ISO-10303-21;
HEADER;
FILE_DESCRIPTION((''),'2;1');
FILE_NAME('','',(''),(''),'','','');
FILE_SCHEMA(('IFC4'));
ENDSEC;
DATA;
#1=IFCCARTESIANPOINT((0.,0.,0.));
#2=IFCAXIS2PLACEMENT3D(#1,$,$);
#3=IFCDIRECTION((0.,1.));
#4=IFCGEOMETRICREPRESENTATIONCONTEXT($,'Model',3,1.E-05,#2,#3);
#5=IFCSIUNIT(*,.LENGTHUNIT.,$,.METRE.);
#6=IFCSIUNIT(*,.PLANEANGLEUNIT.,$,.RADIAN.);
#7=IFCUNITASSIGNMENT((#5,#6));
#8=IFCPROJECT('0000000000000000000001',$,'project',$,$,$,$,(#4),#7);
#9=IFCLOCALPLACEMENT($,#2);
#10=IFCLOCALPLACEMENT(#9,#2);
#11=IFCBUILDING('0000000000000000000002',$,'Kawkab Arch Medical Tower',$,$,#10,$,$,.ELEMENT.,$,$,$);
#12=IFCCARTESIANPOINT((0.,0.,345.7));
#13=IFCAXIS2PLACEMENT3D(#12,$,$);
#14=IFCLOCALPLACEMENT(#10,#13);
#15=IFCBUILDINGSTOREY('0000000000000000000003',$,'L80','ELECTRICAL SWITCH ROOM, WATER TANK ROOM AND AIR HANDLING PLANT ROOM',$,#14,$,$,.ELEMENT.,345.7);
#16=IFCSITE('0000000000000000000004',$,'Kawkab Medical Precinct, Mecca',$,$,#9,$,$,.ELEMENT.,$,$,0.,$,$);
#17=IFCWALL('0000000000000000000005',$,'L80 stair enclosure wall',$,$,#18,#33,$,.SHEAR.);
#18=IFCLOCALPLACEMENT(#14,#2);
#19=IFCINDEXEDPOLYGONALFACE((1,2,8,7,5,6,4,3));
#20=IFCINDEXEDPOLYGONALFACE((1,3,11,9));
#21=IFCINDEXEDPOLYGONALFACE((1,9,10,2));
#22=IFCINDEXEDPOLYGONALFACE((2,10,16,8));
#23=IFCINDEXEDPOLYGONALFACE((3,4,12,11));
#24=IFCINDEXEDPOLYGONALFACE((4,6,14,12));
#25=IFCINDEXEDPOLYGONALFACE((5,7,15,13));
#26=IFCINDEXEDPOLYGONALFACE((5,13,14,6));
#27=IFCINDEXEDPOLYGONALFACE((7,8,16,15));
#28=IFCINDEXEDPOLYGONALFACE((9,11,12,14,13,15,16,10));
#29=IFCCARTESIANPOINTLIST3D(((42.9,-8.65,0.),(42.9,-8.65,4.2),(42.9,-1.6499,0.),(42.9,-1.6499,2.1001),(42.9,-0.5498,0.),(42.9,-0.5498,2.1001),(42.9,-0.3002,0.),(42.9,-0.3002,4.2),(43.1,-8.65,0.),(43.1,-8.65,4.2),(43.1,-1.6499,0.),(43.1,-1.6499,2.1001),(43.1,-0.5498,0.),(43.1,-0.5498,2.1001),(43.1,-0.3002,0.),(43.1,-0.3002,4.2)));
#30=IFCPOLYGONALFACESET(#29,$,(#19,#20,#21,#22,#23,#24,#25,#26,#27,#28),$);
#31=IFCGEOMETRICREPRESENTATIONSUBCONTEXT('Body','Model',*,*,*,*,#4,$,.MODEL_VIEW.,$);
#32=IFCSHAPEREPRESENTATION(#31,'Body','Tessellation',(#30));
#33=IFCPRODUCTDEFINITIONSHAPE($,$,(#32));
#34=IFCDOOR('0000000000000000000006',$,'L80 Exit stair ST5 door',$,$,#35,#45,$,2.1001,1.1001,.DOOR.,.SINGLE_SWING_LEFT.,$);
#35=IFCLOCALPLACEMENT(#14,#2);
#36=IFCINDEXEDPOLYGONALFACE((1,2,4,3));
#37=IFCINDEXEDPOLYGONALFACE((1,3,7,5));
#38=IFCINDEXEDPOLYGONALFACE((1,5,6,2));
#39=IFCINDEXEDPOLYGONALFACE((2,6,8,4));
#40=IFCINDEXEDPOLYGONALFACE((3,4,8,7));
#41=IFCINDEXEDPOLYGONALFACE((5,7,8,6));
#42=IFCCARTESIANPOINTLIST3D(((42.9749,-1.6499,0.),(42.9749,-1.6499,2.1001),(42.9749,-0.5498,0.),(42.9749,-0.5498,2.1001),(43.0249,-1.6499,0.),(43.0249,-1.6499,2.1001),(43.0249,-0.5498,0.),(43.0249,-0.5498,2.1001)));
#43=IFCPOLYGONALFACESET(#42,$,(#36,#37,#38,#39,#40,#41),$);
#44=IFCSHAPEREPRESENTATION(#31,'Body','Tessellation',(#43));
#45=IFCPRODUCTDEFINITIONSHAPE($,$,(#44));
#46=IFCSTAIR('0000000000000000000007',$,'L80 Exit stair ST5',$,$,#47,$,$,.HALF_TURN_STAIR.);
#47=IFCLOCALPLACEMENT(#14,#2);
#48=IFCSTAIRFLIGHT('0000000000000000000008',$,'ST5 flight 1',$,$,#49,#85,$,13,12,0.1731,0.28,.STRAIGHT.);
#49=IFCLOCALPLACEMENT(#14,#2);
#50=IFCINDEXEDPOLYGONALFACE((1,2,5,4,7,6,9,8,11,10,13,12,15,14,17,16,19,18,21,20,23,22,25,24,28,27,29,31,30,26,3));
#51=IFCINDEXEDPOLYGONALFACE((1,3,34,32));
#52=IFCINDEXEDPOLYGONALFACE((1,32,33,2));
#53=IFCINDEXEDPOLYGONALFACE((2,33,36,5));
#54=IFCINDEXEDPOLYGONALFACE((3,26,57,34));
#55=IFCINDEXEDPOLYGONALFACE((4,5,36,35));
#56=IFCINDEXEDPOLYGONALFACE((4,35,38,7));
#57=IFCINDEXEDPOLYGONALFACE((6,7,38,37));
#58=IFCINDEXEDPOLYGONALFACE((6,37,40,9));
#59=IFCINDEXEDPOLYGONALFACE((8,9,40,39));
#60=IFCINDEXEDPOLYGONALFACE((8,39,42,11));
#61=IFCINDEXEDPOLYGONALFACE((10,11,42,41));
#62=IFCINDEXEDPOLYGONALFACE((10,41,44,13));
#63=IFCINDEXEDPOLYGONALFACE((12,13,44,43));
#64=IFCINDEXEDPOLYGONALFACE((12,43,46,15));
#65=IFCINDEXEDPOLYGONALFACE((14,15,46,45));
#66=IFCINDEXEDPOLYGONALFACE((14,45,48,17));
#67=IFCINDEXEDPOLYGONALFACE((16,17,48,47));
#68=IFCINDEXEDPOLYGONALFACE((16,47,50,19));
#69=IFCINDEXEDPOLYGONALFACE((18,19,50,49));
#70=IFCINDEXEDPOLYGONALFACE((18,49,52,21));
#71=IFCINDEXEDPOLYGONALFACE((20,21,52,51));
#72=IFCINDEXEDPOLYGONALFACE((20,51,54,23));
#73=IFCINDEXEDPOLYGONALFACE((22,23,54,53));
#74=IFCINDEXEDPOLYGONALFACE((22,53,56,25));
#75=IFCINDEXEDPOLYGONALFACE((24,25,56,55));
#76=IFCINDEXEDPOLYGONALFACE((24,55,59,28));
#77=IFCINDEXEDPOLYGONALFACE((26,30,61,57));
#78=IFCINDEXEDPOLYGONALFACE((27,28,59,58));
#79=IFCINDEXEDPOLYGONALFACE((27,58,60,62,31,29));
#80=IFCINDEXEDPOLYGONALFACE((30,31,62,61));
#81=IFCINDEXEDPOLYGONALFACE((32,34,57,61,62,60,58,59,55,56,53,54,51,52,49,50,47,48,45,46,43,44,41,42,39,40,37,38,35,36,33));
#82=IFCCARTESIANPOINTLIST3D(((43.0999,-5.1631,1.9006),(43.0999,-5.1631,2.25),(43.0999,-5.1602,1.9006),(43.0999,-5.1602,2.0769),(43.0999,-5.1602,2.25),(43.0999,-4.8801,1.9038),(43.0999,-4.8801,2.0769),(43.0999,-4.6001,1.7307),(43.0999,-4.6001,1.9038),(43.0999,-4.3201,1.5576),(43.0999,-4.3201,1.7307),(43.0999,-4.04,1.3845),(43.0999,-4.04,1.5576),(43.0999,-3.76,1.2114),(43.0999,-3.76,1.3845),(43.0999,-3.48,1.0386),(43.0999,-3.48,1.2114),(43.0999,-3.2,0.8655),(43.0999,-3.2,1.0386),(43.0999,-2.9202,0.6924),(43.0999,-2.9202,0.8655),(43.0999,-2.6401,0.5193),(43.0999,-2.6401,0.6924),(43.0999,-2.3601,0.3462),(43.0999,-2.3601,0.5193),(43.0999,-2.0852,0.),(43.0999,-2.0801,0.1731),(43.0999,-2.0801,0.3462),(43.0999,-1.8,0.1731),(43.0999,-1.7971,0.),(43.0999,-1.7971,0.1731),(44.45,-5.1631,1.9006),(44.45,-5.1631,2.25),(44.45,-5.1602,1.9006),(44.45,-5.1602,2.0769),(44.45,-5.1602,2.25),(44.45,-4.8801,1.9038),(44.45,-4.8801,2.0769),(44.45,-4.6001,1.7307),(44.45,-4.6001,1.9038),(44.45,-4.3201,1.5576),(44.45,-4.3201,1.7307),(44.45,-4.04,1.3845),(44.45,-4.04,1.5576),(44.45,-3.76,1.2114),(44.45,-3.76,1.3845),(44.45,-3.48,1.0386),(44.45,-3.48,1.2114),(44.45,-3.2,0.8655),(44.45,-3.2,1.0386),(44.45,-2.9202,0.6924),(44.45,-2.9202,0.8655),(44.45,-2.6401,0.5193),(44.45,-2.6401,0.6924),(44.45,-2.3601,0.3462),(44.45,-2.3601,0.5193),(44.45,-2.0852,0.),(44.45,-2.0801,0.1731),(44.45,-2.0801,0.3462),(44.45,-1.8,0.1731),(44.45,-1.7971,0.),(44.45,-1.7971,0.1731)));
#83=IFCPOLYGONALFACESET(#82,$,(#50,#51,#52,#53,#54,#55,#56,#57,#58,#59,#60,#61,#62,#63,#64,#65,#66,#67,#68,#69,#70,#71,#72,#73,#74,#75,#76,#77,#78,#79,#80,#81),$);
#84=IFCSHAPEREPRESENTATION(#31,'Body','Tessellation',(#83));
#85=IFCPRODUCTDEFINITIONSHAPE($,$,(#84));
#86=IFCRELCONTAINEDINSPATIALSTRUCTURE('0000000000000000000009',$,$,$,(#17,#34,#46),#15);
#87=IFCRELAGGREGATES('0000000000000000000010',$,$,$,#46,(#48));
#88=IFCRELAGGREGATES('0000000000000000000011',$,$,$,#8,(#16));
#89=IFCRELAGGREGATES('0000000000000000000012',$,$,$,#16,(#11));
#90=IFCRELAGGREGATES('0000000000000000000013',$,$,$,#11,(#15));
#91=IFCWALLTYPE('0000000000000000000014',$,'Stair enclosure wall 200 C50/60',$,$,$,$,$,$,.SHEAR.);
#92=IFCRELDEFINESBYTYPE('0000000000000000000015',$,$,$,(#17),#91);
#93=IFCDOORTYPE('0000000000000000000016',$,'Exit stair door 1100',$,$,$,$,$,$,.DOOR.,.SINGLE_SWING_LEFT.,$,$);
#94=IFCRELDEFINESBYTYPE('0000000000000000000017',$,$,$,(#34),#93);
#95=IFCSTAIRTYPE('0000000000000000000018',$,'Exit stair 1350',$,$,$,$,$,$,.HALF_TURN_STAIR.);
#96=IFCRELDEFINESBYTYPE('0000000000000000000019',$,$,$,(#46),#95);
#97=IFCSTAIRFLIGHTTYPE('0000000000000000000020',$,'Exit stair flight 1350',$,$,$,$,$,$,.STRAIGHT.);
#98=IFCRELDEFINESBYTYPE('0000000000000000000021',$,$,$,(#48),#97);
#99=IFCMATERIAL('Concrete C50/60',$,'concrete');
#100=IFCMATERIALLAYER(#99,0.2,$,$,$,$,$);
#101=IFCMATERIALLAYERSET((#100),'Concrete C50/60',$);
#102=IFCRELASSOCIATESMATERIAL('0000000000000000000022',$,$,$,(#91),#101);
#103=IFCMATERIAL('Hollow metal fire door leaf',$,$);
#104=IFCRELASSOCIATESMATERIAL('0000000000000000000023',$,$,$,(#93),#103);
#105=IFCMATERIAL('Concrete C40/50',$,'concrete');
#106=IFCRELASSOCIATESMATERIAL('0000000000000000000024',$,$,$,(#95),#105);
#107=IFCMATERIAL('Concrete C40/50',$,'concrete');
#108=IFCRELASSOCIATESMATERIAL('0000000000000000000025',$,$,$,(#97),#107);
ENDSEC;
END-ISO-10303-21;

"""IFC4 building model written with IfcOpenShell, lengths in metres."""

from ifc_helpers import new_model, si_unit, direction, frame, frame_2d, origin, place, context, subcontext, project, spatial, polyline, rectangle, outline, extrude, material, layer, layer_set, type_object, element, fill, aggregate, save


model = new_model("IFC4")

# Units and contexts
model_context = context("Model", 3, precision=1e-05, world=origin(), true_north=direction((0.0, 1.0)))
body_context = subcontext(model_context, "Body", "Model", "MODEL_VIEW")
ifc_project = project(units=[si_unit("LENGTHUNIT", "METRE"), si_unit("PLANEANGLEUNIT", "RADIAN")], contexts=[model_context])

# Site, building, storey
site_placement = place(None, origin())
site = spatial("IfcSite", under=ifc_project, at=site_placement, Name="Kawkab Medical Precinct, Mecca", CompositionType="ELEMENT", RefElevation=0.0)
building_placement = place(site_placement, origin())
building = spatial("IfcBuilding", under=site, at=building_placement, Name="Kawkab Arch Medical Tower", CompositionType="ELEMENT")
storey_placement = place(building_placement, frame((0.0, 0.0, 345.7)))
storey = spatial("IfcBuildingStorey", under=building, at=storey_placement, Name="L80", Description="ELECTRICAL SWITCH ROOM, WATER TANK ROOM AND AIR HANDLING PLANT ROOM", CompositionType="ELEMENT", Elevation=345.7)

# Shared definitions
placement = place(storey_placement, origin())

# Wall, opening, door
ifc_material_1 = material(Name="Concrete C50/60", Category="concrete")
ifc_layer_1 = layer(ifc_material_1, 0.2)
ifc_layer_set_1 = layer_set([ifc_layer_1], Name="Concrete C50/60")
wall_type_1 = type_object("IfcWallType", Name="Stair enclosure wall 200 C50/60", PredefinedType="SHEAR", material=ifc_layer_set_1)
wall_1_placement = place(storey_placement, frame((43.0, -8.6499, 0.0), z_axis=(0.0, 0.0, 1.0), x_axis=(0.0, 1.0, 0.0)))
wall_1 = element("IfcWall", 1, at=wall_1_placement, inside=storey, type_object=wall_type_1, Name="L80 stair enclosure wall", PredefinedType="SHEAR", context=body_context, shape_type="SweptSolid", body=[
    extrude(rectangle(XDim=8.3499, YDim=0.2, at=frame_2d((4.1748, 0.0))), origin(), (0.0, 0.0, 1.0), 4.2),
])
opening_1_placement = place(wall_1_placement, frame((7.0, 0.0, 0.0)))
opening_1 = element("IfcOpeningElement", 2, at=opening_1_placement, cuts=wall_1, PredefinedType="OPENING", context=body_context, shape_type="SweptSolid", body=[
    extrude(rectangle(XDim=1.1001, YDim=2.1001, at=frame_2d((0.55, 1.05))), frame((0.0, 0.1099, 0.0), z_axis=(0.0, -1.0, 0.0), x_axis=(1.0, 0.0, 0.0)), (0.0, 0.0, 1.0), 0.22),
])
ifc_material_2 = material(Name="Hollow metal fire door leaf")
door_type_1 = type_object("IfcDoorType", Name="Exit stair door 1100", OperationType="SINGLE_SWING_LEFT", PredefinedType="DOOR", material=ifc_material_2)
door_1_placement = place(opening_1_placement, frame((1.1001, 0.0, 0.0), z_axis=(0.0, 0.0, 1.0), x_axis=(-1.0, 0.0, 0.0)))
door_1 = element("IfcDoor", 3, at=door_1_placement, inside=storey, type_object=door_type_1, Name="L80 Exit stair ST5 door", OperationType="SINGLE_SWING_LEFT", OverallHeight=2.1001, OverallWidth=1.1001, PredefinedType="DOOR", context=body_context, shape_type="SweptSolid", body=[
    extrude(rectangle(XDim=1.1001, YDim=2.1001, at=frame_2d((0.55, 1.05))), frame((0.0, 0.0249, 0.0), z_axis=(0.0, -1.0, 0.0), x_axis=(1.0, 0.0, 0.0)), (0.0, 0.0, 1.0), 0.05),
])
fill(opening_1, door_1)

# Stair, stair flight
ifc_material_3 = material(Name="Concrete C40/50", Category="concrete")
stair_type = type_object("IfcStairType", Name="Exit stair 1350", PredefinedType="HALF_TURN_STAIR", material=ifc_material_3)
stair = element("IfcStair", 4, at=placement, inside=storey, type_object=stair_type, Name="L80 Exit stair ST5", PredefinedType="HALF_TURN_STAIR")
ifc_material_4 = material(Name="Concrete C40/50", Category="concrete")
stair_flight_type = type_object("IfcStairFlightType", Name="Exit stair flight 1350", PredefinedType="STRAIGHT", material=ifc_material_4)
stair_flight_placement = place(storey_placement, frame((43.7749, -1.8, 0.0), z_axis=(0.0, 0.0, 1.0), x_axis=(0.0, -1.0, 0.0)))
stair_flight = element("IfcStairFlight", 5, at=stair_flight_placement, type_object=stair_flight_type, Name="ST5 flight 1", NumberOfRisers=13, NumberOfTreads=12, PredefinedType="STRAIGHT", RiserHeight=0.1731, TreadLength=0.28, context=body_context, shape_type="SweptSolid", body=[
    extrude(outline(polyline([(-0.0029, 0.0), (-0.0029, 0.1731), (0.0, 0.1731), (0.28, 0.1731), (0.28, 0.3462), (0.5601, 0.3462), (0.5601, 0.5193), (0.8401, 0.5193), (0.8401, 0.6924), (1.1201, 0.6924), (1.1201, 0.8655), (1.3999, 0.8655), (1.3999, 1.0386), (1.6799, 1.0386), (1.6799, 1.2114), (1.96, 1.2114), (1.96, 1.3845), (2.24, 1.3845), (2.24, 1.5576), (2.52, 1.5576), (2.52, 1.7307), (2.8, 1.7307), (2.8, 1.9038), (3.0801, 1.9038), (3.0801, 2.0769), (3.3601, 2.0769), (3.3601, 2.25), (3.363, 2.25), (3.363, 1.9006), (3.3601, 1.9006), (0.2852, 0.0), (-0.0029, 0.0)])), frame((0.0, 0.675, 0.0), z_axis=(0.0, -1.0, 0.0), x_axis=(1.0, 0.0, 0.0)), (0.0, 0.0, 1.0), 1.3501),
])
aggregate(stair, [stair_flight])

save(model, "model.ifc")
